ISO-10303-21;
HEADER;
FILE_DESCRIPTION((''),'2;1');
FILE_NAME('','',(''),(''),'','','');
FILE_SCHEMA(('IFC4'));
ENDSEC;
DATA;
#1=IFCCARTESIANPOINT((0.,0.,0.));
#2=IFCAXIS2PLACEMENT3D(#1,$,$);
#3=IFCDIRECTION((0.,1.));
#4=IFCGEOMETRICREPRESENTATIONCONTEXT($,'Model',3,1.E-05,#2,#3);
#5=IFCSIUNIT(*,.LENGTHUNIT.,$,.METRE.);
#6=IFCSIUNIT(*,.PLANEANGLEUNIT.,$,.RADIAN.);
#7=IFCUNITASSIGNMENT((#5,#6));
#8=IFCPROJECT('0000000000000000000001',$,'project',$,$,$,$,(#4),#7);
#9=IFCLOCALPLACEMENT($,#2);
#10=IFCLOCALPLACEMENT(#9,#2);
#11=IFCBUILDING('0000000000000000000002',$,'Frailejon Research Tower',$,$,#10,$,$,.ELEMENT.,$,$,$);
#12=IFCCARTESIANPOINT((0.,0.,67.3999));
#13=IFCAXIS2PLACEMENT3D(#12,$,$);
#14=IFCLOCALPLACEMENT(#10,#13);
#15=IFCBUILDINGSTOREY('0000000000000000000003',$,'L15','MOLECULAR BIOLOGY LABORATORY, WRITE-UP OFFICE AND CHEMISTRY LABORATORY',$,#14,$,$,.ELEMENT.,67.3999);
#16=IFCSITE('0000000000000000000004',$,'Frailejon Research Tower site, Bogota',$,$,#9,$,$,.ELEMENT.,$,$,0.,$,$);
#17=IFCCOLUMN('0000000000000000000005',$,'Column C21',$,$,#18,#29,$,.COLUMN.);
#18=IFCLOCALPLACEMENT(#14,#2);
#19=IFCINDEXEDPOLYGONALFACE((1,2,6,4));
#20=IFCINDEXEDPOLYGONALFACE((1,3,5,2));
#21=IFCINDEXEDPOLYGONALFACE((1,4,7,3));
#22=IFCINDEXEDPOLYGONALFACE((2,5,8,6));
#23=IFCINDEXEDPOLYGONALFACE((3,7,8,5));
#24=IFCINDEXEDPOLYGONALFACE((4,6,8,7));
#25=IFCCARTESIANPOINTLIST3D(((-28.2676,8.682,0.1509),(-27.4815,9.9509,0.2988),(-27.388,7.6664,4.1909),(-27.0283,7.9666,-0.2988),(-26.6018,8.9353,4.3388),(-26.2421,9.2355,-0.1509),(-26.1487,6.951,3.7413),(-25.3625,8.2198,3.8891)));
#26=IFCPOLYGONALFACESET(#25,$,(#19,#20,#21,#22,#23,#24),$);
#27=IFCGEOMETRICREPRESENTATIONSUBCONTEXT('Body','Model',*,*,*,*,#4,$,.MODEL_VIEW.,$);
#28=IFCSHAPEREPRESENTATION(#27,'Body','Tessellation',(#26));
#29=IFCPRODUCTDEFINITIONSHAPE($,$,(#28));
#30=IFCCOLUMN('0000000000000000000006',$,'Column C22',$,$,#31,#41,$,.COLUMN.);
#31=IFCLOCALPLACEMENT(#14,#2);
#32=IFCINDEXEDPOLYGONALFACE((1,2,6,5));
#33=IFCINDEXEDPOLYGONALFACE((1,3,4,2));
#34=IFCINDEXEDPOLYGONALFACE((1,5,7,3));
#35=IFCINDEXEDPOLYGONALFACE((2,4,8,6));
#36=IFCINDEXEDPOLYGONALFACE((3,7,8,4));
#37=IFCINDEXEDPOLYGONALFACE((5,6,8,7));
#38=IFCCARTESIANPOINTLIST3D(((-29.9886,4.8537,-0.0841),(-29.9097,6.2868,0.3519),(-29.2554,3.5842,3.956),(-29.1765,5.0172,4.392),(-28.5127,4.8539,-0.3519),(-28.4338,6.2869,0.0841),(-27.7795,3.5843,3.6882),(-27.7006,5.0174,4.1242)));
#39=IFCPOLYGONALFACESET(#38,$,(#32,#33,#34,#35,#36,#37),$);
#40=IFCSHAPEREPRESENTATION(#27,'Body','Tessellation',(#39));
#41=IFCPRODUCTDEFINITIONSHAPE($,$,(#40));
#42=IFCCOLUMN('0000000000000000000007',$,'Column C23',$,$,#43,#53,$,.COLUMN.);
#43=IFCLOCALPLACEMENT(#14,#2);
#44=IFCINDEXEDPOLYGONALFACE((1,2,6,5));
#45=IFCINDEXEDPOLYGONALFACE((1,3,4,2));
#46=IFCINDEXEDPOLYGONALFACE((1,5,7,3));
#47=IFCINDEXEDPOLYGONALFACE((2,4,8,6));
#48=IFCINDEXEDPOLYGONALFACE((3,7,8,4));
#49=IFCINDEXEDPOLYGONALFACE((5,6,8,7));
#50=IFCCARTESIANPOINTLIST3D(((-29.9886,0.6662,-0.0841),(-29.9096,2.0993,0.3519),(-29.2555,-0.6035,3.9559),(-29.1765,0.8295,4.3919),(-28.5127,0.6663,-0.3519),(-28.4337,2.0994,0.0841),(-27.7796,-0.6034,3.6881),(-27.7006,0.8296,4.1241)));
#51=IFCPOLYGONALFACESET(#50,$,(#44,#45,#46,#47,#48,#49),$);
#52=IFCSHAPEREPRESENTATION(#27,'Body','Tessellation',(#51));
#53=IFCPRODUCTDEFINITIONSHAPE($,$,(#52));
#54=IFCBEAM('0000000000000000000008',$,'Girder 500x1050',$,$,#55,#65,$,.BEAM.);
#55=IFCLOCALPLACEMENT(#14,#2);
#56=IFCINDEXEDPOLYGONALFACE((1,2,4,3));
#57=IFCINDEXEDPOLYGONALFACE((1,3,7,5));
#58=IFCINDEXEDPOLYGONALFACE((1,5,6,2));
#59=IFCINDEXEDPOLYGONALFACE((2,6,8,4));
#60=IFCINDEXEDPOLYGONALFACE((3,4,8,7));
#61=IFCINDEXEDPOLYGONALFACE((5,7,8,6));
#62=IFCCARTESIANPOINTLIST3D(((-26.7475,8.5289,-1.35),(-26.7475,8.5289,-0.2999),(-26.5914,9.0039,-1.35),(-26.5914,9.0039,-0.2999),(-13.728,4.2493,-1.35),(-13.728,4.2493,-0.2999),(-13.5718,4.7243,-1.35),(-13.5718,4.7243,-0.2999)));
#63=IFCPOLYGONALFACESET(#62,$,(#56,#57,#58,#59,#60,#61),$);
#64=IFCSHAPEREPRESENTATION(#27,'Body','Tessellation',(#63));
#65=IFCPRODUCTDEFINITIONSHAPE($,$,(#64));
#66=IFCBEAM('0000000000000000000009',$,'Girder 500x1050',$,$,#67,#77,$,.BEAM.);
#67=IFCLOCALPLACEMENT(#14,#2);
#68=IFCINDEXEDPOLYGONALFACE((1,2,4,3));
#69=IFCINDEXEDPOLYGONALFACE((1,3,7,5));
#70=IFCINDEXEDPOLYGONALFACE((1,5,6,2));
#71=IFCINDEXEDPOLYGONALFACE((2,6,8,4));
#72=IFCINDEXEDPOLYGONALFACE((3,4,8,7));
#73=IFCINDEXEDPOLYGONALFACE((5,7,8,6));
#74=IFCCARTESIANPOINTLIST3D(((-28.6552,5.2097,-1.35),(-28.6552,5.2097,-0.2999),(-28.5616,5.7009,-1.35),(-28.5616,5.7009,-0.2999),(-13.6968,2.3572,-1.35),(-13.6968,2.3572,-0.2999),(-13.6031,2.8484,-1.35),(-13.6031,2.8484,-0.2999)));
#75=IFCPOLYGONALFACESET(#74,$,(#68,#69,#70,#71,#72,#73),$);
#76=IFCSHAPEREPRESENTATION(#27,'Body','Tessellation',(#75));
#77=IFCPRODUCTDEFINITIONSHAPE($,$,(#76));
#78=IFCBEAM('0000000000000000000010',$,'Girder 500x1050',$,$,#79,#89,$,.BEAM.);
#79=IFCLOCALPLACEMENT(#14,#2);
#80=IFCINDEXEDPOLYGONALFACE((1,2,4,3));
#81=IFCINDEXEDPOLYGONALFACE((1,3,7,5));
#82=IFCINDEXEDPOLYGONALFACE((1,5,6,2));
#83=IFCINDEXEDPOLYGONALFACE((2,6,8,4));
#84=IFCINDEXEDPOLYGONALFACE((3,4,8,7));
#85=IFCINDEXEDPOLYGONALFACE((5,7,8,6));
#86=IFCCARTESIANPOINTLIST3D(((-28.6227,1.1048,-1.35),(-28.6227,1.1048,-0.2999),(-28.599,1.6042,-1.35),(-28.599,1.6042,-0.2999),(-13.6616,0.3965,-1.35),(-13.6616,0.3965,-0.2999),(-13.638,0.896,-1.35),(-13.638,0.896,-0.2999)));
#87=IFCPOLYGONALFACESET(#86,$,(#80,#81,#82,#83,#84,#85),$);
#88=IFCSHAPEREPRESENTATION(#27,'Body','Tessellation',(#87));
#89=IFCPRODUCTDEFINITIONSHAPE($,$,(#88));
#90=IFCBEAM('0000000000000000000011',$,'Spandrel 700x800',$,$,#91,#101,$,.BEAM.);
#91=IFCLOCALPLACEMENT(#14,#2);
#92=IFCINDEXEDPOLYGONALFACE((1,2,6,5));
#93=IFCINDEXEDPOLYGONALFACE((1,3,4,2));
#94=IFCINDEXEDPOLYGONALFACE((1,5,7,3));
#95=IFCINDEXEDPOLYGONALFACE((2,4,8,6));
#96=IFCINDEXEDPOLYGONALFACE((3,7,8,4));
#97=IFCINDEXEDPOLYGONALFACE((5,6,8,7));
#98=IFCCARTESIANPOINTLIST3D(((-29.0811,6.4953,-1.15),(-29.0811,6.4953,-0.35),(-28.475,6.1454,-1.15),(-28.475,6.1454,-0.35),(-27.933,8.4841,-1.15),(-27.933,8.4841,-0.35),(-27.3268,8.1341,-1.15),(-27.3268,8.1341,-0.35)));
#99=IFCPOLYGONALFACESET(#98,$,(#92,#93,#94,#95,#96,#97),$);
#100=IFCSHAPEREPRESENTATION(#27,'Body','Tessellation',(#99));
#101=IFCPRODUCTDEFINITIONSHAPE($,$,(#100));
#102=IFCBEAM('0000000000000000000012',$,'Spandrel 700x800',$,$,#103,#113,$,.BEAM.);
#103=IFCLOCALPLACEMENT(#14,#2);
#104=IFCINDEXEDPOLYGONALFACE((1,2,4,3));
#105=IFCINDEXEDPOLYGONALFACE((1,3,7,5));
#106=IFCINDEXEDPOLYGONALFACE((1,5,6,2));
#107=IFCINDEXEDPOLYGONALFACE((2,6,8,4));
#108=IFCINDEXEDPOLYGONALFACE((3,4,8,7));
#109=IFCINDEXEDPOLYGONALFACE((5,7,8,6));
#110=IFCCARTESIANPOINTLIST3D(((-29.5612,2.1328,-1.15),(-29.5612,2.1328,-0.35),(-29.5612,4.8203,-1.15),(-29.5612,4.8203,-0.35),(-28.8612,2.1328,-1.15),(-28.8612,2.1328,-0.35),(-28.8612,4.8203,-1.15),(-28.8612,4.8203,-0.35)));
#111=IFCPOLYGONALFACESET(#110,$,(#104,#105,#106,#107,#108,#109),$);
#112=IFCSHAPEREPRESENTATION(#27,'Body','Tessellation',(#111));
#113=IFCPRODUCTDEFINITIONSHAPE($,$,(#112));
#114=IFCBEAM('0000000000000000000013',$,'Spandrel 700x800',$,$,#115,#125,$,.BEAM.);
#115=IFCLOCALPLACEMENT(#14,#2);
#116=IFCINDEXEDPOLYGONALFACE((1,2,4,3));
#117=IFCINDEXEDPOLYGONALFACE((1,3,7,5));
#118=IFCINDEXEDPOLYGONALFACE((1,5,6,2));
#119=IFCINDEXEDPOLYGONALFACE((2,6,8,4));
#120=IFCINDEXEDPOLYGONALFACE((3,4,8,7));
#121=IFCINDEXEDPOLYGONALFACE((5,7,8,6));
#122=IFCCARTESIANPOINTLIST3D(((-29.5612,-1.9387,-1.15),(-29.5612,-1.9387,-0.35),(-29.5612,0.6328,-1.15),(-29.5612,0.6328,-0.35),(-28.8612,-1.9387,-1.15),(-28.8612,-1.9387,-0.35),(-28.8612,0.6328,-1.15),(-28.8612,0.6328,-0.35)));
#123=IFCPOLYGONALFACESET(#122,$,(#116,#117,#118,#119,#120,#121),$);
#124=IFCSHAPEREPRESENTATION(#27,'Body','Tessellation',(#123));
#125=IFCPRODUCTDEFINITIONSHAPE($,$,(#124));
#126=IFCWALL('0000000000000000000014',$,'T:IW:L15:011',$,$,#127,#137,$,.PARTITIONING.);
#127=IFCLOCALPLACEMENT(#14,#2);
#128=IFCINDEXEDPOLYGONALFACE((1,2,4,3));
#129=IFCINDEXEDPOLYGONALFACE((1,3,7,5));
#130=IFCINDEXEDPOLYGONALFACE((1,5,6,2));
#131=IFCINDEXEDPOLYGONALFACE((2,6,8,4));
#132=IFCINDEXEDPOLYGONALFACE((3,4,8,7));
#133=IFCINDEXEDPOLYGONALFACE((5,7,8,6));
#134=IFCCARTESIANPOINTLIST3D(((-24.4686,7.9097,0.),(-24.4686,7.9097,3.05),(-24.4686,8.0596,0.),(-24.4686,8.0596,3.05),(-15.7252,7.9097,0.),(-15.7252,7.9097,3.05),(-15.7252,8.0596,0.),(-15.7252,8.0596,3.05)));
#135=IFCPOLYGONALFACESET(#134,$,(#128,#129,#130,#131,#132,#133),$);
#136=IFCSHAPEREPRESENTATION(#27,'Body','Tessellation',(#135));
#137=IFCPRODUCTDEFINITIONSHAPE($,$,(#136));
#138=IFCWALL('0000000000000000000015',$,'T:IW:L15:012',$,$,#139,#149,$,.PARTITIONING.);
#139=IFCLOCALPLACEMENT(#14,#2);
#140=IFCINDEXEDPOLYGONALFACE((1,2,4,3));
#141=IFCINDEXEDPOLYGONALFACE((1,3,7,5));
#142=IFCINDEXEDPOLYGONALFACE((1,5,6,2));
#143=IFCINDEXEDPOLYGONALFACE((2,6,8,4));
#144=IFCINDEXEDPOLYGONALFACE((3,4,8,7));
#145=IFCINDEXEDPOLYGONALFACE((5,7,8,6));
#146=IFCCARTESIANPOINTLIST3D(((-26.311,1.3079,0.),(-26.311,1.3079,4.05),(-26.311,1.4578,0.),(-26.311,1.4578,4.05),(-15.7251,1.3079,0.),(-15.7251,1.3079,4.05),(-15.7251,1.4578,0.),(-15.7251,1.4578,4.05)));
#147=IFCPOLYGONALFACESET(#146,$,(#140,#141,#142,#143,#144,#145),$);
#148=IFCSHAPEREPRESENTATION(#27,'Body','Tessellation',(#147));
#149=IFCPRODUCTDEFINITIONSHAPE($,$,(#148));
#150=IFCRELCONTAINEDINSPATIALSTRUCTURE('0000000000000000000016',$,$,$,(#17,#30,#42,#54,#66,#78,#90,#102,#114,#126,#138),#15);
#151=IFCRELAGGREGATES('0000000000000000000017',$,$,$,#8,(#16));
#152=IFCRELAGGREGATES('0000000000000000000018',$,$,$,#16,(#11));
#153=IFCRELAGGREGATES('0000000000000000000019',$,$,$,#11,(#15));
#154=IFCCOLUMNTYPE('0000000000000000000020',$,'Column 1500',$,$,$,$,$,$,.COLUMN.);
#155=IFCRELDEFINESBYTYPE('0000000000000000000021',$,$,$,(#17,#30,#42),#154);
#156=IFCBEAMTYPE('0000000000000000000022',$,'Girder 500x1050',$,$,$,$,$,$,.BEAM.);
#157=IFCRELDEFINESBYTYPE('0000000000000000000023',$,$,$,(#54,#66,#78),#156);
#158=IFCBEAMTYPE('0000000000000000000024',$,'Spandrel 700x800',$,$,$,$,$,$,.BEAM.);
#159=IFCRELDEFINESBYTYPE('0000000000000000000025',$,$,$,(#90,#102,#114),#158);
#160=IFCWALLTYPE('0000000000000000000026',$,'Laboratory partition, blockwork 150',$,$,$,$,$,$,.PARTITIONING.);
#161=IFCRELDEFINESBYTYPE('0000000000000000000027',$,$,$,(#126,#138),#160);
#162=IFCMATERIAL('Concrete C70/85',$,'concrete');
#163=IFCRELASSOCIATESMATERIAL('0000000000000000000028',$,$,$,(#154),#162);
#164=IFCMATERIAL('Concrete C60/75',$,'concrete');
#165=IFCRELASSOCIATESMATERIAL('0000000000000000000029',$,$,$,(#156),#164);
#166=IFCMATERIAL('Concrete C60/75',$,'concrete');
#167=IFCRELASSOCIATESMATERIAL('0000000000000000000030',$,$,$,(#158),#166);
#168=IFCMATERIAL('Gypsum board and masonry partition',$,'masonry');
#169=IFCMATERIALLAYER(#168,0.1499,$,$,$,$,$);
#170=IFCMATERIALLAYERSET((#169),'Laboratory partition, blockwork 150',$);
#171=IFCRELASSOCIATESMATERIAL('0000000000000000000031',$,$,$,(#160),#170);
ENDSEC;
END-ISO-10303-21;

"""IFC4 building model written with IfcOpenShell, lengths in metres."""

from ifc_helpers import new_model, si_unit, direction, frame, frame_2d, origin, origin_2d, place, context, subcontext, project, spatial, rectangle, extrude, material, layer, layer_set, material_profile, profile_set, type_object, element, save


model = new_model("IFC4")

# Units and contexts
model_context = context("Model", 3, precision=1e-05, world=origin(), true_north=direction((0.0, 1.0)))
body_context = subcontext(model_context, "Body", "Model", "MODEL_VIEW")
ifc_project = project(units=[si_unit("LENGTHUNIT", "METRE"), si_unit("PLANEANGLEUNIT", "RADIAN")], contexts=[model_context])

# Site, building, storey
site_placement = place(None, origin())
site = spatial("IfcSite", under=ifc_project, at=site_placement, Name="Frailejon Research Tower site, Bogota", CompositionType="ELEMENT", RefElevation=0.0)
building_placement = place(site_placement, origin())
building = spatial("IfcBuilding", under=site, at=building_placement, Name="Frailejon Research Tower", CompositionType="ELEMENT")
storey_placement = place(building_placement, frame((0.0, 0.0, 67.3999)))
storey = spatial("IfcBuildingStorey", under=building, at=storey_placement, Name="L15", Description="MOLECULAR BIOLOGY LABORATORY, WRITE-UP OFFICE AND CHEMISTRY LABORATORY", CompositionType="ELEMENT", Elevation=67.3999)

# Columns
ifc_material_1 = material(Name="Concrete C70/85", Category="concrete")
ifc_material_profile_1 = material_profile(ifc_material_1, rectangle(XDim=1.5, YDim=1.5, at=origin_2d()), Name="Column 1500")
ifc_profile_set_1 = profile_set([ifc_material_profile_1], Name="Concrete C70/85")
column_type = type_object("IfcColumnType", Name="Column 1500", PredefinedType="COLUMN", material=ifc_profile_set_1)
column_placement = place(storey_placement, frame((-27.2549, 8.9587, 0.0), z_axis=(0.206604, -0.238544, 0.9489), x_axis=(-0.524107, -0.845932, -0.098545)))
element("IfcColumn", 1, at=column_placement, inside=storey, type_object=column_type, Name="Column C21", PredefinedType="COLUMN", context=body_context, shape_type="SweptSolid", body=[
    extrude(rectangle(XDim=1.5, YDim=1.5, at=origin_2d()), origin(), (0.0, 0.0, 1.0), 4.2576),
])
for number, where, z_axis, x_axis, name in (
    (2, (-29.2112, 5.5703, 0.0), (0.170588, -0.295391, 0.940023), (-0.052628, -0.955377, -0.290665), "Column C22"),
    (3, (-29.2112, 1.3828, 0.0), (0.170585, -0.295442, 0.940008), (-0.052685, -0.955361, -0.290707), "Column C23"),
):
    element("IfcColumn", number, at=place(storey_placement, frame(where, z_axis=z_axis, x_axis=x_axis)), inside=storey, type_object=column_type, Name=name, PredefinedType="COLUMN", context=body_context, shape_type="SweptSolid", body=[
        extrude(rectangle(XDim=1.5, YDim=1.5, at=origin_2d()), origin(), (0.0, 0.0, 1.0), 4.2979),
    ])

# Beams
ifc_material_2 = material(Name="Concrete C60/75", Category="concrete")
ifc_material_profile_2 = material_profile(ifc_material_2, rectangle(XDim=0.5, YDim=1.05, at=origin_2d()), Name="Girder 500x1050")
ifc_profile_set_2 = profile_set([ifc_material_profile_2], Name="Concrete C60/75")
beam_type_1 = type_object("IfcBeamType", Name="Girder 500x1050", PredefinedType="BEAM", material=ifc_profile_set_2)
beam_1_placement = place(storey_placement, frame((-26.6694, 8.7664, -0.825), z_axis=(0.949995, -0.312265, 0.0), x_axis=(0.312265, 0.949995, 0.0)))
element("IfcBeam", 4, at=beam_1_placement, inside=storey, type_object=beam_type_1, Name="Girder 500x1050", PredefinedType="BEAM", context=body_context, shape_type="SweptSolid", body=[
    extrude(rectangle(XDim=0.5, YDim=1.05, at=origin_2d()), origin(), (0.0, 0.0, 1.0), 13.7048),
])
beam_2_placement = place(storey_placement, frame((-28.6084, 5.4553, -0.825), z_axis=(0.982299, -0.187321, 0.0), x_axis=(0.187321, 0.982299, 0.0)))
element("IfcBeam", 5, at=beam_2_placement, inside=storey, type_object=beam_type_1, Name="Girder 500x1050", PredefinedType="BEAM", context=body_context, shape_type="SweptSolid", body=[
    extrude(rectangle(XDim=0.5, YDim=1.05, at=origin_2d()), origin(), (0.0, 0.0, 1.0), 15.228),
])
beam_3_placement = place(storey_placement, frame((-28.6108, 1.3545, -0.825), z_axis=(0.998881, -0.047287, 0.0), x_axis=(0.047287, 0.998881, 0.0)))
element("IfcBeam", 6, at=beam_3_placement, inside=storey, type_object=beam_type_1, Name="Girder 500x1050", PredefinedType="BEAM", context=body_context, shape_type="SweptSolid", body=[
    extrude(rectangle(XDim=0.5, YDim=1.05, at=origin_2d()), origin(), (0.0, 0.0, 1.0), 14.9778),
])
ifc_material_3 = material(Name="Concrete C60/75", Category="concrete")
ifc_material_profile_3 = material_profile(ifc_material_3, rectangle(XDim=0.7, YDim=0.8, at=origin_2d()), Name="Spandrel 700x800")
ifc_profile_set_3 = profile_set([ifc_material_profile_3], Name="Concrete C60/75")
beam_type_2 = type_object("IfcBeamType", Name="Spandrel 700x800", PredefinedType="BEAM", material=ifc_profile_set_3)
beam_4_placement = place(storey_placement, frame((-27.6299, 8.3091, -0.75), z_axis=(-0.499992, -0.86603, 0.0), x_axis=(0.86603, -0.499992, 0.0)))
element("IfcBeam", 7, at=beam_4_placement, inside=storey, type_object=beam_type_2, Name="Spandrel 700x800", PredefinedType="BEAM", context=body_context, shape_type="SweptSolid", body=[
    extrude(rectangle(XDim=0.7, YDim=0.8, at=origin_2d()), origin(), (0.0, 0.0, 1.0), 2.2964),
])
beam_5_placement = place(storey_placement, frame((-29.2112, 4.8203, -0.75), z_axis=(0.0, -1.0, 0.0), x_axis=(1.0, 0.0, 0.0)))
element("IfcBeam", 8, at=beam_5_placement, inside=storey, type_object=beam_type_2, Name="Spandrel 700x800", PredefinedType="BEAM", context=body_context, shape_type="SweptSolid", body=[
    extrude(rectangle(XDim=0.7, YDim=0.8, at=origin_2d()), origin(), (0.0, 0.0, 1.0), 2.6875),
])
beam_6_placement = place(storey_placement, frame((-29.2112, 0.6328, -0.75), z_axis=(0.0, -1.0, 0.0), x_axis=(1.0, 0.0, 0.0)))
element("IfcBeam", 9, at=beam_6_placement, inside=storey, type_object=beam_type_2, Name="Spandrel 700x800", PredefinedType="BEAM", context=body_context, shape_type="SweptSolid", body=[
    extrude(rectangle(XDim=0.7, YDim=0.8, at=origin_2d()), origin(), (0.0, 0.0, 1.0), 2.5715),
])

# Walls
ifc_material_4 = material(Name="Gypsum board and masonry partition", Category="masonry")
ifc_layer_1 = layer(ifc_material_4, 0.1499)
ifc_layer_set_1 = layer_set([ifc_layer_1], Name="Laboratory partition, blockwork 150")
wall_type_1 = type_object("IfcWallType", Name="Laboratory partition, blockwork 150", PredefinedType="PARTITIONING", material=ifc_layer_set_1)
wall_1_placement = place(storey_placement, frame((-24.4685, 7.9846, 0.0), z_axis=(0.0, 0.0, 1.0), x_axis=(1.0, 0.0, 0.0)))
element("IfcWall", 10, at=wall_1_placement, inside=storey, type_object=wall_type_1, Name="T:IW:L15:011", PredefinedType="PARTITIONING", context=body_context, shape_type="SweptSolid", body=[
    extrude(rectangle(XDim=8.7434, YDim=0.1499, at=frame_2d((4.3716, 0.0))), origin(), (0.0, 0.0, 1.0), 3.05),
])
wall_2_placement = place(storey_placement, frame((-26.311, 1.3828, 0.0), z_axis=(0.0, 0.0, 1.0), x_axis=(1.0, 0.0, 0.0)))
element("IfcWall", 11, at=wall_2_placement, inside=storey, type_object=wall_type_1, Name="T:IW:L15:012", PredefinedType="PARTITIONING", context=body_context, shape_type="SweptSolid", body=[
    extrude(rectangle(XDim=10.5859, YDim=0.1499, at=frame_2d((5.293, 0.0))), origin(), (0.0, 0.0, 1.0), 4.05),
])

save(model, "model.ifc")
